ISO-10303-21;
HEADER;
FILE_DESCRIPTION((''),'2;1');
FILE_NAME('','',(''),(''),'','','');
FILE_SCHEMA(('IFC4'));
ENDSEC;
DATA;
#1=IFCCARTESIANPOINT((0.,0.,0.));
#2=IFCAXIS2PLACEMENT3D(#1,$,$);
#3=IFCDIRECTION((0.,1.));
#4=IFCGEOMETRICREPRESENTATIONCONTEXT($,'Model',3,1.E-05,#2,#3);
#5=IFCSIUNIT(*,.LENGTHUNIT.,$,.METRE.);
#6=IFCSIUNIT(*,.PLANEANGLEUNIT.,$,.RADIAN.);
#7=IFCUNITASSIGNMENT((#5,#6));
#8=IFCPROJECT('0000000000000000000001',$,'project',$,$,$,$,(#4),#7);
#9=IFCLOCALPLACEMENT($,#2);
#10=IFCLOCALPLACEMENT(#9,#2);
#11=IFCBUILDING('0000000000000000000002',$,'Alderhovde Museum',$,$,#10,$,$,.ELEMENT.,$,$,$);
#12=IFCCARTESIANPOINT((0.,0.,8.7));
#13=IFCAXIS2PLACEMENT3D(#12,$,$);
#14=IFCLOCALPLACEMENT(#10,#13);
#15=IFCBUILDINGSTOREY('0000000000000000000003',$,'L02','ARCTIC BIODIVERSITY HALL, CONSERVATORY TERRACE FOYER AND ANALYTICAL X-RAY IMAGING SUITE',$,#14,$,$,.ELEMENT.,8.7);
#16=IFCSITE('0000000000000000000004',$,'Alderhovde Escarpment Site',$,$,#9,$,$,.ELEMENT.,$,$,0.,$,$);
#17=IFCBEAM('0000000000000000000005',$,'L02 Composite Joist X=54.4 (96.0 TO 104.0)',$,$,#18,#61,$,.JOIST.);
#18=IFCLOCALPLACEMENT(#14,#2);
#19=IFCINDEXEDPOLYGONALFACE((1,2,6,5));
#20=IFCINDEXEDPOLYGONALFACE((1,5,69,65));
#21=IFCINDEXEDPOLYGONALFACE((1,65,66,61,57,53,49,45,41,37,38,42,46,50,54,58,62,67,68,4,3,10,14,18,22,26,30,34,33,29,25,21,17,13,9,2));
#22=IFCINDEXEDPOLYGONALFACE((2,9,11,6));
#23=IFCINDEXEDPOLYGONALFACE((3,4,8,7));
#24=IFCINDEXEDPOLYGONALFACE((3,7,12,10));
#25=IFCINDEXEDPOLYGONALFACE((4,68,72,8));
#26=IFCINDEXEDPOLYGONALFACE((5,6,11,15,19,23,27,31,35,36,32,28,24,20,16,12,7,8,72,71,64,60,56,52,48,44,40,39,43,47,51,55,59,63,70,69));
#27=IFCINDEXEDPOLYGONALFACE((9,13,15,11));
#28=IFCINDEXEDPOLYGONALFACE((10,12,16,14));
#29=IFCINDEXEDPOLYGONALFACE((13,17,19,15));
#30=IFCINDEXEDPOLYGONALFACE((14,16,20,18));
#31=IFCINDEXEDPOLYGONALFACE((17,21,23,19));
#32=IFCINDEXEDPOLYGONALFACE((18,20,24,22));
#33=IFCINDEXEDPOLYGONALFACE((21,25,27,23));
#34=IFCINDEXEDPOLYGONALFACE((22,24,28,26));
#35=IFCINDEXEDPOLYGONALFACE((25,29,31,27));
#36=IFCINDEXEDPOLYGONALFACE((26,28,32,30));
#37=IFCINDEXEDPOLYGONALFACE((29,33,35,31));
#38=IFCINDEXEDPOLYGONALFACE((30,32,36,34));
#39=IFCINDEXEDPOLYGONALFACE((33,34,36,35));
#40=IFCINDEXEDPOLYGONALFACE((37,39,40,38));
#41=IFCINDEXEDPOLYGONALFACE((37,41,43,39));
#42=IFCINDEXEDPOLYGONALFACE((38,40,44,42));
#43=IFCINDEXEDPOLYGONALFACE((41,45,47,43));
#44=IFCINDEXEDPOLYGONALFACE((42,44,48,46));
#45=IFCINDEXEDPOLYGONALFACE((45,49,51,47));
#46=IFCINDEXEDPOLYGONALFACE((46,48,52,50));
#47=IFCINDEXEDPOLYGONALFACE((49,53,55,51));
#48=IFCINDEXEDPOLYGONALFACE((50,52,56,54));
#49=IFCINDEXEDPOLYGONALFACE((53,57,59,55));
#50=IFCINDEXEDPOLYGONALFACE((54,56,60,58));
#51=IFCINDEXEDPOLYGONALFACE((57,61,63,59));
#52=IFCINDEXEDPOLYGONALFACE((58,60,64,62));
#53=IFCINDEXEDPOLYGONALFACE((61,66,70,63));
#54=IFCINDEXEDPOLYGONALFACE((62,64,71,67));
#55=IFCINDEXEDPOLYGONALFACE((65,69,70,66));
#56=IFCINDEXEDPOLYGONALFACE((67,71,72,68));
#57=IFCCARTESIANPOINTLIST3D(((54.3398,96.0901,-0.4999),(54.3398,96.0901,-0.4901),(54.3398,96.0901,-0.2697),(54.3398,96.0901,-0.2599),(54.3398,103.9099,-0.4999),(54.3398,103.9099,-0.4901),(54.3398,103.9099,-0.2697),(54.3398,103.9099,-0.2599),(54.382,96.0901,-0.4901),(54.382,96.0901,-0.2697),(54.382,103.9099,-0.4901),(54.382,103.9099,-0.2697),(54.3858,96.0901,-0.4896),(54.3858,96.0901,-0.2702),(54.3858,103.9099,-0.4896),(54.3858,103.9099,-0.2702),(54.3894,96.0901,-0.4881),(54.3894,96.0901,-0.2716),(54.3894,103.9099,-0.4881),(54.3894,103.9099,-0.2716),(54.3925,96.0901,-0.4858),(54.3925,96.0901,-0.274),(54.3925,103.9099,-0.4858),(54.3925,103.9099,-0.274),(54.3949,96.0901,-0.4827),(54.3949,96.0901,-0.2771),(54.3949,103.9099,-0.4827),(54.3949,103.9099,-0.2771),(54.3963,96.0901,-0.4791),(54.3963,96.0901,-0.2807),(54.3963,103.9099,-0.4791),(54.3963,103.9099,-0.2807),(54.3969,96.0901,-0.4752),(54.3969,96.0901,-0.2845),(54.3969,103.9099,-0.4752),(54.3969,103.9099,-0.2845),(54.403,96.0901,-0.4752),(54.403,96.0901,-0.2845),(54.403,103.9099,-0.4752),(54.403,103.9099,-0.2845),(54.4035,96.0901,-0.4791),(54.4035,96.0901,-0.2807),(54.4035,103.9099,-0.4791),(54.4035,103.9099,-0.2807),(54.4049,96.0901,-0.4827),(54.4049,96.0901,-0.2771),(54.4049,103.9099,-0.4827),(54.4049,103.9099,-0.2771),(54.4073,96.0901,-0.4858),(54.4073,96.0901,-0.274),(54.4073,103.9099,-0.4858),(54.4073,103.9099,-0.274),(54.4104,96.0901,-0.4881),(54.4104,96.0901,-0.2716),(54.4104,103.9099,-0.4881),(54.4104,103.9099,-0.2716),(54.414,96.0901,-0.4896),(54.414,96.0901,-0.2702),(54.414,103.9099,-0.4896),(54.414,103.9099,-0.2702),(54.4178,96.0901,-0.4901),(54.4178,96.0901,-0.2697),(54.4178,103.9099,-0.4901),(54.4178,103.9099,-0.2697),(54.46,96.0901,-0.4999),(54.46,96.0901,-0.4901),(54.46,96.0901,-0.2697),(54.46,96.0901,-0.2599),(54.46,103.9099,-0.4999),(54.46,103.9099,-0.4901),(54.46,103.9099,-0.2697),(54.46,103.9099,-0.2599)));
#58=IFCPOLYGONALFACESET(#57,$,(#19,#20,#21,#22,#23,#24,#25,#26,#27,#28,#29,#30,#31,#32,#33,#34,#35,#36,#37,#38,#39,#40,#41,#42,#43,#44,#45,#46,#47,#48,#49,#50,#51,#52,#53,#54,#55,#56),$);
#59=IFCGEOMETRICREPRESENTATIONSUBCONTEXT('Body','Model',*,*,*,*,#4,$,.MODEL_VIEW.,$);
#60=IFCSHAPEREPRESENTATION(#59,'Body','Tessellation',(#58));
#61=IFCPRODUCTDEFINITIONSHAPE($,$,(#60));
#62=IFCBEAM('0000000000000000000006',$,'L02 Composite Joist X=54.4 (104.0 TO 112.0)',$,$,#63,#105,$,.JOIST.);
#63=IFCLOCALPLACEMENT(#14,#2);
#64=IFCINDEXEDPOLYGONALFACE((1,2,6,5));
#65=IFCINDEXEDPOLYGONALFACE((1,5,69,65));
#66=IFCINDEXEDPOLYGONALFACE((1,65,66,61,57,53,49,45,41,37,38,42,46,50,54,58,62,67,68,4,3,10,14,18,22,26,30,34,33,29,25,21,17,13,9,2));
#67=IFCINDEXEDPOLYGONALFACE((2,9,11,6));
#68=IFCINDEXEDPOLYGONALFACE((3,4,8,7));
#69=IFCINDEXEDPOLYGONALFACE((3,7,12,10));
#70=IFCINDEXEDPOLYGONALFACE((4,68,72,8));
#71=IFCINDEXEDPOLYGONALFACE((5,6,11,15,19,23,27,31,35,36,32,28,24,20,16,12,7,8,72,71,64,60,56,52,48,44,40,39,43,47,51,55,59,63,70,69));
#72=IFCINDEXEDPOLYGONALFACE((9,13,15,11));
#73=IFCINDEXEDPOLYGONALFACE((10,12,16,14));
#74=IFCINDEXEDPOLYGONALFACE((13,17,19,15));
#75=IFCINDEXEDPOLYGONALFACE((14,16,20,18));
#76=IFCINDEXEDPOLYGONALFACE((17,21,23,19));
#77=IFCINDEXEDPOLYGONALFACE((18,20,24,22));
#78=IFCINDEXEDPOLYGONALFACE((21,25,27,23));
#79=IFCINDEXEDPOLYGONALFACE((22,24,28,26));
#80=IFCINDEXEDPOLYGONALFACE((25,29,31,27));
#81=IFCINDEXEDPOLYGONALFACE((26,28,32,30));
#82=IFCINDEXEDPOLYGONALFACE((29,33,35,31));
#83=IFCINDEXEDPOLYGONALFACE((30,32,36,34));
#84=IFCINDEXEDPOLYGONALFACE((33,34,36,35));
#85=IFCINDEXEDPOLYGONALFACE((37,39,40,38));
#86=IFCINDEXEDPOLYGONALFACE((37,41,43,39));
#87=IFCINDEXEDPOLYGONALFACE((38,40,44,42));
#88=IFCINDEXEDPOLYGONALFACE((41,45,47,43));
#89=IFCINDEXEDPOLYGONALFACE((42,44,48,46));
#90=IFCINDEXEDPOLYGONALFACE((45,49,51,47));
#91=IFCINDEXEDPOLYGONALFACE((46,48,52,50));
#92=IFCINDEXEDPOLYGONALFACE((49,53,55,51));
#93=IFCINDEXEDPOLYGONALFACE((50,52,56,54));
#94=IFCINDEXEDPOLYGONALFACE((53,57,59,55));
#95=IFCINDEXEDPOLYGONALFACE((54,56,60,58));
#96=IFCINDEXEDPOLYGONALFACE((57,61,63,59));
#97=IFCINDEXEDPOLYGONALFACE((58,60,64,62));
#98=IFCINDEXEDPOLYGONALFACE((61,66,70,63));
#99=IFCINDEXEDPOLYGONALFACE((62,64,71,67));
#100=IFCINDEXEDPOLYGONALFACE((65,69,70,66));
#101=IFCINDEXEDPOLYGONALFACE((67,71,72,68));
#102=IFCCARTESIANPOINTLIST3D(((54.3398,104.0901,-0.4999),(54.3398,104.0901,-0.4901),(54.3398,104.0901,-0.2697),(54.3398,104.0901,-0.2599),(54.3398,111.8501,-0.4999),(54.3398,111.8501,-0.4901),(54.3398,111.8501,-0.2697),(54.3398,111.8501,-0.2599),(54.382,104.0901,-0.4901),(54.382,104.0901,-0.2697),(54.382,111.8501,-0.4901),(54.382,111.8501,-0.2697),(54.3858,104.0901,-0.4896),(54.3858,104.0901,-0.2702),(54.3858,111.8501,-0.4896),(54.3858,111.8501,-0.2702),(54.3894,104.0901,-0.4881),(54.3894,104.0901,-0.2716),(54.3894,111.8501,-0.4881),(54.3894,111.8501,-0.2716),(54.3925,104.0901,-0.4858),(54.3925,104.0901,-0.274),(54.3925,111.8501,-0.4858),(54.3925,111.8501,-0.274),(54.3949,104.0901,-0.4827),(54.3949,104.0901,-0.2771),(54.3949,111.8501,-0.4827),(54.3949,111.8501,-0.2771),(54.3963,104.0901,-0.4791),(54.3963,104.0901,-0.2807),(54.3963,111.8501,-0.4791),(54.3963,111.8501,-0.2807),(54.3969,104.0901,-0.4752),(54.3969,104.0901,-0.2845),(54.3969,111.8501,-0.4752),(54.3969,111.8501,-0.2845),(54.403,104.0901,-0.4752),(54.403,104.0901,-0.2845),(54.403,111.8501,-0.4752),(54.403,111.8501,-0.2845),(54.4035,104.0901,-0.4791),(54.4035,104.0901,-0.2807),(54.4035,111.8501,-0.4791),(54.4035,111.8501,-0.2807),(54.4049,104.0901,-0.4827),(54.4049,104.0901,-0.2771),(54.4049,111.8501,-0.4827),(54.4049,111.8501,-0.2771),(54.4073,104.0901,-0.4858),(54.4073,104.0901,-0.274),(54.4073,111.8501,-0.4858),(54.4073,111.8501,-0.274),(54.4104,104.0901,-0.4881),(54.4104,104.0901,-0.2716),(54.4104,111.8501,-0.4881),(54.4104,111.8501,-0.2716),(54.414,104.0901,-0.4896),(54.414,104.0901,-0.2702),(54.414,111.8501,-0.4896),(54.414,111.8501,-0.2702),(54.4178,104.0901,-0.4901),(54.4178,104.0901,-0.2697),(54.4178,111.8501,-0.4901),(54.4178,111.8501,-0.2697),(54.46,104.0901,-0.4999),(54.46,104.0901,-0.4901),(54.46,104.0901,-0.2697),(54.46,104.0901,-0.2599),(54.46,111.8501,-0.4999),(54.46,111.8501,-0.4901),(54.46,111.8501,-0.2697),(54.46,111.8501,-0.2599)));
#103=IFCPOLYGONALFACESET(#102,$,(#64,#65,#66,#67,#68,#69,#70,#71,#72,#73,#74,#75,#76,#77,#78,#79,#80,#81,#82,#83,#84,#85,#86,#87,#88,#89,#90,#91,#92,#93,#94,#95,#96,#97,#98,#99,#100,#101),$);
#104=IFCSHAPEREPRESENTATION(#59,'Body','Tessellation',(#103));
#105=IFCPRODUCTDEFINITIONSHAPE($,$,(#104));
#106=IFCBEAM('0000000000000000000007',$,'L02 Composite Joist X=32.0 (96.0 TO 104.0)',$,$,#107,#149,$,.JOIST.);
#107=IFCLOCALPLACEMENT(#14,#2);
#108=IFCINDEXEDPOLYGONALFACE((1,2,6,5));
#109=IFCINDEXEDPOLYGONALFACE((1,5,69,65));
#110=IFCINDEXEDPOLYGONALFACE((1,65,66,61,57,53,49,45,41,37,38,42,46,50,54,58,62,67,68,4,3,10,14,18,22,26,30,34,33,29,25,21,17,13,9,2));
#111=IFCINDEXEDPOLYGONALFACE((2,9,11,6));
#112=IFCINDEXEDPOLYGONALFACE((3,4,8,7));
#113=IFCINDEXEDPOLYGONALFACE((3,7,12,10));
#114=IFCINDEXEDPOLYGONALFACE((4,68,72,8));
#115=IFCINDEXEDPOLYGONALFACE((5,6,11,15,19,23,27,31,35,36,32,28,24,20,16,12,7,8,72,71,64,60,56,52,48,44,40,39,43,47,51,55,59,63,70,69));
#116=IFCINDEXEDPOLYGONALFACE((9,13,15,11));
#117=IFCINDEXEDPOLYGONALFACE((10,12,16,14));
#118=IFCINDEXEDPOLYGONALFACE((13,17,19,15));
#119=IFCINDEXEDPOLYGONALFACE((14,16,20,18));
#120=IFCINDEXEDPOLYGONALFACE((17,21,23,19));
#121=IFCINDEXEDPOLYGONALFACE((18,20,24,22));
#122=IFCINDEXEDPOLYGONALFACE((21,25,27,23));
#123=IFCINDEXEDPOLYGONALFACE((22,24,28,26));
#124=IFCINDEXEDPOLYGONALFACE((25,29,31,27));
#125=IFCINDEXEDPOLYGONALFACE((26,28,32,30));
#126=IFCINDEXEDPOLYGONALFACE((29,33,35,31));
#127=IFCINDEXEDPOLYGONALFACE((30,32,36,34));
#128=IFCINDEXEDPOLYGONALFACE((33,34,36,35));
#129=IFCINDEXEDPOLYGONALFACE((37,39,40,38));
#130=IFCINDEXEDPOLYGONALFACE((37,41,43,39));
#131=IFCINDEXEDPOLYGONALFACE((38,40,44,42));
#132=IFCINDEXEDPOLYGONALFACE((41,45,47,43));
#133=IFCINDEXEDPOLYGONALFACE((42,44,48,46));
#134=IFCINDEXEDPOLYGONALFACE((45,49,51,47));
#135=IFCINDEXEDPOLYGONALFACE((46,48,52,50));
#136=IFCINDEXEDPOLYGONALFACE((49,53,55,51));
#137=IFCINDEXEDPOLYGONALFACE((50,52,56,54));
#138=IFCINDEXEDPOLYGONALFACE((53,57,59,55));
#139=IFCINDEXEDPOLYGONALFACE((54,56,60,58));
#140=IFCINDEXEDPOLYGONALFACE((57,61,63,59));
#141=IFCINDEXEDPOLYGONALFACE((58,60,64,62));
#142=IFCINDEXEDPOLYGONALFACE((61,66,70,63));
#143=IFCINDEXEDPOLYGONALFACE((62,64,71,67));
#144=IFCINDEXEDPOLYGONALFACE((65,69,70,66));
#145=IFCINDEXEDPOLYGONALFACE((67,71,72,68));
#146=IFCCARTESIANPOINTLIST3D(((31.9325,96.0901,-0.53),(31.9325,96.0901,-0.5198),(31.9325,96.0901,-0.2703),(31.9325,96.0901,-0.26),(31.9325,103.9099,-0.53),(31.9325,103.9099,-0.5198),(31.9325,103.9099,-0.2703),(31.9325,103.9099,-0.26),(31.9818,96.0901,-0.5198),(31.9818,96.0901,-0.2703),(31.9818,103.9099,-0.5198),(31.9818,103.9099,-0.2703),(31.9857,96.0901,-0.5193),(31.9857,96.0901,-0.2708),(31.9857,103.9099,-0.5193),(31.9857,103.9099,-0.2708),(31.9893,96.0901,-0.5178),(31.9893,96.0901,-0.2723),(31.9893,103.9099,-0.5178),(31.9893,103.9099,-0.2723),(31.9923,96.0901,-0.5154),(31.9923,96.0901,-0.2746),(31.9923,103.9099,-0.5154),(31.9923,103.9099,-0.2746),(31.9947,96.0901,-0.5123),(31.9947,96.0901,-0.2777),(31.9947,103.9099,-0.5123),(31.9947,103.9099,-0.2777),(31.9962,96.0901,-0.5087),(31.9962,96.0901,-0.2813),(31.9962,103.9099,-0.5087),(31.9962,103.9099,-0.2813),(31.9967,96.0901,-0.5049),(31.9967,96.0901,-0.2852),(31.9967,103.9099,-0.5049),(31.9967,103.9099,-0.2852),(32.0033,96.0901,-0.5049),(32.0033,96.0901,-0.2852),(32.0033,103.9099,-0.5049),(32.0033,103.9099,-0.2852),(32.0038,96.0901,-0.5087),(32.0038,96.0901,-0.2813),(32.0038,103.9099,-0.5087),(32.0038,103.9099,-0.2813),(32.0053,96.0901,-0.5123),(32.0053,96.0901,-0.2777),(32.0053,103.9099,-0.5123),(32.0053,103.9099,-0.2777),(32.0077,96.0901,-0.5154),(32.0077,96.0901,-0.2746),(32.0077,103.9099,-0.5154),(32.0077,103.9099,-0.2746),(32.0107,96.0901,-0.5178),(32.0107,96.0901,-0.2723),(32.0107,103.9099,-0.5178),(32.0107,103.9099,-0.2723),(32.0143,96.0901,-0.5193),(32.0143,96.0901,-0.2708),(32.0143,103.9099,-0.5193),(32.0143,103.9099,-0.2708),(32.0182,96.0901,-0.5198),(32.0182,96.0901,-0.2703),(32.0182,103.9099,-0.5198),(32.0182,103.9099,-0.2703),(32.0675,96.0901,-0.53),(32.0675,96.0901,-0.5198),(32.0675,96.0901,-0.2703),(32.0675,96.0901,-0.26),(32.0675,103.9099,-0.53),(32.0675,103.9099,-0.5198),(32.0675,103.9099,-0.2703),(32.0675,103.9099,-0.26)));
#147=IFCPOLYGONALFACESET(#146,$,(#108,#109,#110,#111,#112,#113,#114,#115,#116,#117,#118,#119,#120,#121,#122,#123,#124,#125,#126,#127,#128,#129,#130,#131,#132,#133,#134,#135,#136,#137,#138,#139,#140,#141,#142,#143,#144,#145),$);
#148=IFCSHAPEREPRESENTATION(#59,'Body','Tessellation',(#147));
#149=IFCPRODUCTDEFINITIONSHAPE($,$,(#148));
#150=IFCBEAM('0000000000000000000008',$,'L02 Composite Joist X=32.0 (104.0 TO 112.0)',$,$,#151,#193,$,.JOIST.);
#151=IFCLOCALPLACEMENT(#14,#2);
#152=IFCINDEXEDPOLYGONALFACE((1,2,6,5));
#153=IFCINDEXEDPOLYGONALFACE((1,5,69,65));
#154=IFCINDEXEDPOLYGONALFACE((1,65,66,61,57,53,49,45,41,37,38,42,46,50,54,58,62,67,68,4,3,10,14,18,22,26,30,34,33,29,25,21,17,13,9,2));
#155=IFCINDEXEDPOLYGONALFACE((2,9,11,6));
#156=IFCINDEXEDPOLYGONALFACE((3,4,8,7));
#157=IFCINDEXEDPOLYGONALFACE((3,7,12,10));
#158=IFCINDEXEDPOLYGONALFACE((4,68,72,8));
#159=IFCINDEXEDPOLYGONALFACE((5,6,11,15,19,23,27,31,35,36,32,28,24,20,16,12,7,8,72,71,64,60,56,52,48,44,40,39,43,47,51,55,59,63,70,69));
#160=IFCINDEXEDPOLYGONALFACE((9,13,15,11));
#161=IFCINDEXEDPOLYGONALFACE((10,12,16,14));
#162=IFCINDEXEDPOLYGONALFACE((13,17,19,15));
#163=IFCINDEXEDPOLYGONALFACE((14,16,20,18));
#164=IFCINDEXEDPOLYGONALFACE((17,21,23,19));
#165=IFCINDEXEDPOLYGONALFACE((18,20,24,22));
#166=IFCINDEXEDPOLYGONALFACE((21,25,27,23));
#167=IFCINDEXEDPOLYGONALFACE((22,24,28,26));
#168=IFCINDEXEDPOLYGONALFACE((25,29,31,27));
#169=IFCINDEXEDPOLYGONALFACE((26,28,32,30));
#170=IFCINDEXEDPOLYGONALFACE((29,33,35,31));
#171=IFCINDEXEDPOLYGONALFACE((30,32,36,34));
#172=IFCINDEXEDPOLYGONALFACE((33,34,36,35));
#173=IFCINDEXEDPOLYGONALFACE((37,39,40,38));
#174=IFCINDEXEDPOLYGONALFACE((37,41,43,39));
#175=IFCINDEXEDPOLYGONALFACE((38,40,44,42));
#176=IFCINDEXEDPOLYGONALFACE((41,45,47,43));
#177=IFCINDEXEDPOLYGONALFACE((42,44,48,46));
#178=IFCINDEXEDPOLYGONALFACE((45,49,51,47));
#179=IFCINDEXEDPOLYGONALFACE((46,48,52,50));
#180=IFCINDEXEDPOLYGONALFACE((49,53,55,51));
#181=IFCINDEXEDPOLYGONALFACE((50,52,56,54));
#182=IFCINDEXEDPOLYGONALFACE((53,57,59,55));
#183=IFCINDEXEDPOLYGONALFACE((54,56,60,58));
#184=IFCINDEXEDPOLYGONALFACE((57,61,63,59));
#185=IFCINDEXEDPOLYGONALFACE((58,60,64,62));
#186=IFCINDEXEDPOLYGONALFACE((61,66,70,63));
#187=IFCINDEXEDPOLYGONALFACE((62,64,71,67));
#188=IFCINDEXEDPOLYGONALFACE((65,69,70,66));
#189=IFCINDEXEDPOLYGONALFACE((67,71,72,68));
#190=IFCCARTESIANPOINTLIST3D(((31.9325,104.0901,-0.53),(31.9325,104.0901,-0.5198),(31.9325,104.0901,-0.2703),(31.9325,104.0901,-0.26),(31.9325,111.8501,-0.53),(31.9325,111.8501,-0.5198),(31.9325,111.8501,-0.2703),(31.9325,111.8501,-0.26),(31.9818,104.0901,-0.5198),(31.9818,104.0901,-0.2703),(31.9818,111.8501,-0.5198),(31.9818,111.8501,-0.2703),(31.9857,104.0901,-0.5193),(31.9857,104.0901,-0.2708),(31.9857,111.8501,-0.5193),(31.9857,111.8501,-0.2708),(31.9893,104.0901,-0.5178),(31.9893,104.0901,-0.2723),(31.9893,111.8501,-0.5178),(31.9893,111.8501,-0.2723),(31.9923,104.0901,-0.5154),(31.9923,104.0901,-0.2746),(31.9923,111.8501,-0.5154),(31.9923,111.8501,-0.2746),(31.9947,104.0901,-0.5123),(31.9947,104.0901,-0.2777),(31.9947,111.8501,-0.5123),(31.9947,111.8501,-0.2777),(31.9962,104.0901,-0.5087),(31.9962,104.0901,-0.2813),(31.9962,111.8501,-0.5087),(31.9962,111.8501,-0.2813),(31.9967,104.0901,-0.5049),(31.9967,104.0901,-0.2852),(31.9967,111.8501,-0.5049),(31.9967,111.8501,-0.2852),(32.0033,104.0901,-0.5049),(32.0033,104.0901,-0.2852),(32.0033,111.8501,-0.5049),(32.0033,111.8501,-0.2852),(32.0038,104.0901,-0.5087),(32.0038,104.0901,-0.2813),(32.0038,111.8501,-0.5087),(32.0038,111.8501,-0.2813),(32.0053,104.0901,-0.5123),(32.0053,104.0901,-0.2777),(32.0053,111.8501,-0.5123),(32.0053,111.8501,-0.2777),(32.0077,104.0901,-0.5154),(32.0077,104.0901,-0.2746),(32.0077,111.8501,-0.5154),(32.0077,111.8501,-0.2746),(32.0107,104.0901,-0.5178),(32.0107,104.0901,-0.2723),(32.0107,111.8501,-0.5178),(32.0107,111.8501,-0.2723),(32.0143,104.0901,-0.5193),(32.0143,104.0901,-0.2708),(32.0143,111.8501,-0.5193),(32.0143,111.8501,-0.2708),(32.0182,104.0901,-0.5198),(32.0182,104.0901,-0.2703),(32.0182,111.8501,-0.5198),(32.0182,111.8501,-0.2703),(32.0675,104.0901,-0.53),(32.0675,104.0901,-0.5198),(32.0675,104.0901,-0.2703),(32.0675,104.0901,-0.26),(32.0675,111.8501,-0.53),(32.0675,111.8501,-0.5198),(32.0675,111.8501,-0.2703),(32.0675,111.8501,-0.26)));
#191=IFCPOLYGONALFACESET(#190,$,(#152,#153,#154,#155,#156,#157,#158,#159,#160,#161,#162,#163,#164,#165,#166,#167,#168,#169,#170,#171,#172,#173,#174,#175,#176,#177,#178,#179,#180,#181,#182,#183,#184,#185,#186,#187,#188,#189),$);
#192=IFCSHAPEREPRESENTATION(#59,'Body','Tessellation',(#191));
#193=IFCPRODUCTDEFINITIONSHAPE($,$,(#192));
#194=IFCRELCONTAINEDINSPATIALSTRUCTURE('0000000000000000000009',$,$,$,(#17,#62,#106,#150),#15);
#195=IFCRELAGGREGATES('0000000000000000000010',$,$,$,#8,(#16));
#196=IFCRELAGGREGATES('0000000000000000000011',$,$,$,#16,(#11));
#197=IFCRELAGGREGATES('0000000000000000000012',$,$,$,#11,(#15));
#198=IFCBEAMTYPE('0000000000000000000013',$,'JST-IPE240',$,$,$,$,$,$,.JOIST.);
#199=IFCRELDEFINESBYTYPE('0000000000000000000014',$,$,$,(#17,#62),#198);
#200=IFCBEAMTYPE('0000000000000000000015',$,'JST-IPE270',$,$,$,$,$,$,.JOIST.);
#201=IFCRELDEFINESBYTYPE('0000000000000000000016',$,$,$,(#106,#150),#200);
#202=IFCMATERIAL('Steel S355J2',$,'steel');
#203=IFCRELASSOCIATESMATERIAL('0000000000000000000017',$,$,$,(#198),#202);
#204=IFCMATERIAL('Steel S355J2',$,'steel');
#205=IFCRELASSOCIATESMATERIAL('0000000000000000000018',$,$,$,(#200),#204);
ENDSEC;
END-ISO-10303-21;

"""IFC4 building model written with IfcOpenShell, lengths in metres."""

from ifc_helpers import new_model, si_unit, direction, frame, origin, origin_2d, place, context, subcontext, project, spatial, i_section, extrude, material, material_profile, profile_set, type_object, element, save


model = new_model("IFC4")

# Units and contexts
model_context = context("Model", 3, precision=1e-05, world=origin(), true_north=direction((0.0, 1.0)))
body_context = subcontext(model_context, "Body", "Model", "MODEL_VIEW")
ifc_project = project(units=[si_unit("LENGTHUNIT", "METRE"), si_unit("PLANEANGLEUNIT", "RADIAN")], contexts=[model_context])

# Site, building, storey
site_placement = place(None, origin())
site = spatial("IfcSite", under=ifc_project, at=site_placement, Name="Alderhovde Escarpment Site", CompositionType="ELEMENT", RefElevation=0.0)
building_placement = place(site_placement, origin())
building = spatial("IfcBuilding", under=site, at=building_placement, Name="Alderhovde Museum", CompositionType="ELEMENT")
storey_placement = place(building_placement, frame((0.0, 0.0, 8.7)))
storey = spatial("IfcBuildingStorey", under=building, at=storey_placement, Name="L02", Description="ARCTIC BIODIVERSITY HALL, CONSERVATORY TERRACE FOYER AND ANALYTICAL X-RAY IMAGING SUITE", CompositionType="ELEMENT", Elevation=8.7)

# Beams
ifc_material_1 = material(Name="Steel S355J2", Category="steel")
ifc_material_profile_1 = material_profile(ifc_material_1, i_section(OverallWidth=0.1201, OverallDepth=0.24, WebThickness=0.0061, FlangeThickness=0.0098, FilletRadius=0.0149, at=origin_2d()), Name="IPE 240")
ifc_profile_set_1 = profile_set([ifc_material_profile_1], Name="Steel S355J2")
beam_type_1 = type_object("IfcBeamType", Name="JST-IPE240", PredefinedType="JOIST", material=ifc_profile_set_1)
beam_1_placement = place(storey_placement, frame((54.3999, 96.0901, -0.3799), z_axis=(0.0, 1.0, 0.0), x_axis=(-1.0, 0.0, 0.0)))
element("IfcBeam", 1, at=beam_1_placement, inside=storey, type_object=beam_type_1, Name="L02 Composite Joist X=54.4 (96.0 TO 104.0)", PredefinedType="JOIST", context=body_context, shape_type="SweptSolid", body=[
    extrude(i_section(OverallWidth=0.1201, OverallDepth=0.24, WebThickness=0.0061, FlangeThickness=0.0098, FilletRadius=0.0149, at=origin_2d()), origin(), (0.0, 0.0, 1.0), 7.8198),
])
beam_2_placement = place(storey_placement, frame((54.3999, 104.0901, -0.3799), z_axis=(0.0, 1.0, 0.0), x_axis=(-1.0, 0.0, 0.0)))
element("IfcBeam", 2, at=beam_2_placement, inside=storey, type_object=beam_type_1, Name="L02 Composite Joist X=54.4 (104.0 TO 112.0)", PredefinedType="JOIST", context=body_context, shape_type="SweptSolid", body=[
    extrude(i_section(OverallWidth=0.1201, OverallDepth=0.24, WebThickness=0.0061, FlangeThickness=0.0098, FilletRadius=0.0149, at=origin_2d()), origin(), (0.0, 0.0, 1.0), 7.76),
])
ifc_material_2 = material(Name="Steel S355J2", Category="steel")
ifc_material_profile_2 = material_profile(ifc_material_2, i_section(OverallWidth=0.135, OverallDepth=0.27, WebThickness=0.0066, FlangeThickness=0.0103, FilletRadius=0.0149, at=origin_2d()), Name="IPE 270")
ifc_profile_set_2 = profile_set([ifc_material_profile_2], Name="Steel S355J2")
beam_type_2 = type_object("IfcBeamType", Name="JST-IPE270", PredefinedType="JOIST", material=ifc_profile_set_2)
beam_3_placement = place(storey_placement, frame((32.0, 96.0901, -0.395), z_axis=(0.0, 1.0, 0.0), x_axis=(-1.0, 0.0, 0.0)))
element("IfcBeam", 3, at=beam_3_placement, inside=storey, type_object=beam_type_2, Name="L02 Composite Joist X=32.0 (96.0 TO 104.0)", PredefinedType="JOIST", context=body_context, shape_type="SweptSolid", body=[
    extrude(i_section(OverallWidth=0.135, OverallDepth=0.27, WebThickness=0.0066, FlangeThickness=0.0103, FilletRadius=0.0149, at=origin_2d()), origin(), (0.0, 0.0, 1.0), 7.8198),
])
beam_4_placement = place(storey_placement, frame((32.0, 104.0901, -0.395), z_axis=(0.0, 1.0, 0.0), x_axis=(-1.0, 0.0, 0.0)))
element("IfcBeam", 4, at=beam_4_placement, inside=storey, type_object=beam_type_2, Name="L02 Composite Joist X=32.0 (104.0 TO 112.0)", PredefinedType="JOIST", context=body_context, shape_type="SweptSolid", body=[
    extrude(i_section(OverallWidth=0.135, OverallDepth=0.27, WebThickness=0.0066, FlangeThickness=0.0103, FilletRadius=0.0149, at=origin_2d()), origin(), (0.0, 0.0, 1.0), 7.76),
])

save(model, "model.ifc")
